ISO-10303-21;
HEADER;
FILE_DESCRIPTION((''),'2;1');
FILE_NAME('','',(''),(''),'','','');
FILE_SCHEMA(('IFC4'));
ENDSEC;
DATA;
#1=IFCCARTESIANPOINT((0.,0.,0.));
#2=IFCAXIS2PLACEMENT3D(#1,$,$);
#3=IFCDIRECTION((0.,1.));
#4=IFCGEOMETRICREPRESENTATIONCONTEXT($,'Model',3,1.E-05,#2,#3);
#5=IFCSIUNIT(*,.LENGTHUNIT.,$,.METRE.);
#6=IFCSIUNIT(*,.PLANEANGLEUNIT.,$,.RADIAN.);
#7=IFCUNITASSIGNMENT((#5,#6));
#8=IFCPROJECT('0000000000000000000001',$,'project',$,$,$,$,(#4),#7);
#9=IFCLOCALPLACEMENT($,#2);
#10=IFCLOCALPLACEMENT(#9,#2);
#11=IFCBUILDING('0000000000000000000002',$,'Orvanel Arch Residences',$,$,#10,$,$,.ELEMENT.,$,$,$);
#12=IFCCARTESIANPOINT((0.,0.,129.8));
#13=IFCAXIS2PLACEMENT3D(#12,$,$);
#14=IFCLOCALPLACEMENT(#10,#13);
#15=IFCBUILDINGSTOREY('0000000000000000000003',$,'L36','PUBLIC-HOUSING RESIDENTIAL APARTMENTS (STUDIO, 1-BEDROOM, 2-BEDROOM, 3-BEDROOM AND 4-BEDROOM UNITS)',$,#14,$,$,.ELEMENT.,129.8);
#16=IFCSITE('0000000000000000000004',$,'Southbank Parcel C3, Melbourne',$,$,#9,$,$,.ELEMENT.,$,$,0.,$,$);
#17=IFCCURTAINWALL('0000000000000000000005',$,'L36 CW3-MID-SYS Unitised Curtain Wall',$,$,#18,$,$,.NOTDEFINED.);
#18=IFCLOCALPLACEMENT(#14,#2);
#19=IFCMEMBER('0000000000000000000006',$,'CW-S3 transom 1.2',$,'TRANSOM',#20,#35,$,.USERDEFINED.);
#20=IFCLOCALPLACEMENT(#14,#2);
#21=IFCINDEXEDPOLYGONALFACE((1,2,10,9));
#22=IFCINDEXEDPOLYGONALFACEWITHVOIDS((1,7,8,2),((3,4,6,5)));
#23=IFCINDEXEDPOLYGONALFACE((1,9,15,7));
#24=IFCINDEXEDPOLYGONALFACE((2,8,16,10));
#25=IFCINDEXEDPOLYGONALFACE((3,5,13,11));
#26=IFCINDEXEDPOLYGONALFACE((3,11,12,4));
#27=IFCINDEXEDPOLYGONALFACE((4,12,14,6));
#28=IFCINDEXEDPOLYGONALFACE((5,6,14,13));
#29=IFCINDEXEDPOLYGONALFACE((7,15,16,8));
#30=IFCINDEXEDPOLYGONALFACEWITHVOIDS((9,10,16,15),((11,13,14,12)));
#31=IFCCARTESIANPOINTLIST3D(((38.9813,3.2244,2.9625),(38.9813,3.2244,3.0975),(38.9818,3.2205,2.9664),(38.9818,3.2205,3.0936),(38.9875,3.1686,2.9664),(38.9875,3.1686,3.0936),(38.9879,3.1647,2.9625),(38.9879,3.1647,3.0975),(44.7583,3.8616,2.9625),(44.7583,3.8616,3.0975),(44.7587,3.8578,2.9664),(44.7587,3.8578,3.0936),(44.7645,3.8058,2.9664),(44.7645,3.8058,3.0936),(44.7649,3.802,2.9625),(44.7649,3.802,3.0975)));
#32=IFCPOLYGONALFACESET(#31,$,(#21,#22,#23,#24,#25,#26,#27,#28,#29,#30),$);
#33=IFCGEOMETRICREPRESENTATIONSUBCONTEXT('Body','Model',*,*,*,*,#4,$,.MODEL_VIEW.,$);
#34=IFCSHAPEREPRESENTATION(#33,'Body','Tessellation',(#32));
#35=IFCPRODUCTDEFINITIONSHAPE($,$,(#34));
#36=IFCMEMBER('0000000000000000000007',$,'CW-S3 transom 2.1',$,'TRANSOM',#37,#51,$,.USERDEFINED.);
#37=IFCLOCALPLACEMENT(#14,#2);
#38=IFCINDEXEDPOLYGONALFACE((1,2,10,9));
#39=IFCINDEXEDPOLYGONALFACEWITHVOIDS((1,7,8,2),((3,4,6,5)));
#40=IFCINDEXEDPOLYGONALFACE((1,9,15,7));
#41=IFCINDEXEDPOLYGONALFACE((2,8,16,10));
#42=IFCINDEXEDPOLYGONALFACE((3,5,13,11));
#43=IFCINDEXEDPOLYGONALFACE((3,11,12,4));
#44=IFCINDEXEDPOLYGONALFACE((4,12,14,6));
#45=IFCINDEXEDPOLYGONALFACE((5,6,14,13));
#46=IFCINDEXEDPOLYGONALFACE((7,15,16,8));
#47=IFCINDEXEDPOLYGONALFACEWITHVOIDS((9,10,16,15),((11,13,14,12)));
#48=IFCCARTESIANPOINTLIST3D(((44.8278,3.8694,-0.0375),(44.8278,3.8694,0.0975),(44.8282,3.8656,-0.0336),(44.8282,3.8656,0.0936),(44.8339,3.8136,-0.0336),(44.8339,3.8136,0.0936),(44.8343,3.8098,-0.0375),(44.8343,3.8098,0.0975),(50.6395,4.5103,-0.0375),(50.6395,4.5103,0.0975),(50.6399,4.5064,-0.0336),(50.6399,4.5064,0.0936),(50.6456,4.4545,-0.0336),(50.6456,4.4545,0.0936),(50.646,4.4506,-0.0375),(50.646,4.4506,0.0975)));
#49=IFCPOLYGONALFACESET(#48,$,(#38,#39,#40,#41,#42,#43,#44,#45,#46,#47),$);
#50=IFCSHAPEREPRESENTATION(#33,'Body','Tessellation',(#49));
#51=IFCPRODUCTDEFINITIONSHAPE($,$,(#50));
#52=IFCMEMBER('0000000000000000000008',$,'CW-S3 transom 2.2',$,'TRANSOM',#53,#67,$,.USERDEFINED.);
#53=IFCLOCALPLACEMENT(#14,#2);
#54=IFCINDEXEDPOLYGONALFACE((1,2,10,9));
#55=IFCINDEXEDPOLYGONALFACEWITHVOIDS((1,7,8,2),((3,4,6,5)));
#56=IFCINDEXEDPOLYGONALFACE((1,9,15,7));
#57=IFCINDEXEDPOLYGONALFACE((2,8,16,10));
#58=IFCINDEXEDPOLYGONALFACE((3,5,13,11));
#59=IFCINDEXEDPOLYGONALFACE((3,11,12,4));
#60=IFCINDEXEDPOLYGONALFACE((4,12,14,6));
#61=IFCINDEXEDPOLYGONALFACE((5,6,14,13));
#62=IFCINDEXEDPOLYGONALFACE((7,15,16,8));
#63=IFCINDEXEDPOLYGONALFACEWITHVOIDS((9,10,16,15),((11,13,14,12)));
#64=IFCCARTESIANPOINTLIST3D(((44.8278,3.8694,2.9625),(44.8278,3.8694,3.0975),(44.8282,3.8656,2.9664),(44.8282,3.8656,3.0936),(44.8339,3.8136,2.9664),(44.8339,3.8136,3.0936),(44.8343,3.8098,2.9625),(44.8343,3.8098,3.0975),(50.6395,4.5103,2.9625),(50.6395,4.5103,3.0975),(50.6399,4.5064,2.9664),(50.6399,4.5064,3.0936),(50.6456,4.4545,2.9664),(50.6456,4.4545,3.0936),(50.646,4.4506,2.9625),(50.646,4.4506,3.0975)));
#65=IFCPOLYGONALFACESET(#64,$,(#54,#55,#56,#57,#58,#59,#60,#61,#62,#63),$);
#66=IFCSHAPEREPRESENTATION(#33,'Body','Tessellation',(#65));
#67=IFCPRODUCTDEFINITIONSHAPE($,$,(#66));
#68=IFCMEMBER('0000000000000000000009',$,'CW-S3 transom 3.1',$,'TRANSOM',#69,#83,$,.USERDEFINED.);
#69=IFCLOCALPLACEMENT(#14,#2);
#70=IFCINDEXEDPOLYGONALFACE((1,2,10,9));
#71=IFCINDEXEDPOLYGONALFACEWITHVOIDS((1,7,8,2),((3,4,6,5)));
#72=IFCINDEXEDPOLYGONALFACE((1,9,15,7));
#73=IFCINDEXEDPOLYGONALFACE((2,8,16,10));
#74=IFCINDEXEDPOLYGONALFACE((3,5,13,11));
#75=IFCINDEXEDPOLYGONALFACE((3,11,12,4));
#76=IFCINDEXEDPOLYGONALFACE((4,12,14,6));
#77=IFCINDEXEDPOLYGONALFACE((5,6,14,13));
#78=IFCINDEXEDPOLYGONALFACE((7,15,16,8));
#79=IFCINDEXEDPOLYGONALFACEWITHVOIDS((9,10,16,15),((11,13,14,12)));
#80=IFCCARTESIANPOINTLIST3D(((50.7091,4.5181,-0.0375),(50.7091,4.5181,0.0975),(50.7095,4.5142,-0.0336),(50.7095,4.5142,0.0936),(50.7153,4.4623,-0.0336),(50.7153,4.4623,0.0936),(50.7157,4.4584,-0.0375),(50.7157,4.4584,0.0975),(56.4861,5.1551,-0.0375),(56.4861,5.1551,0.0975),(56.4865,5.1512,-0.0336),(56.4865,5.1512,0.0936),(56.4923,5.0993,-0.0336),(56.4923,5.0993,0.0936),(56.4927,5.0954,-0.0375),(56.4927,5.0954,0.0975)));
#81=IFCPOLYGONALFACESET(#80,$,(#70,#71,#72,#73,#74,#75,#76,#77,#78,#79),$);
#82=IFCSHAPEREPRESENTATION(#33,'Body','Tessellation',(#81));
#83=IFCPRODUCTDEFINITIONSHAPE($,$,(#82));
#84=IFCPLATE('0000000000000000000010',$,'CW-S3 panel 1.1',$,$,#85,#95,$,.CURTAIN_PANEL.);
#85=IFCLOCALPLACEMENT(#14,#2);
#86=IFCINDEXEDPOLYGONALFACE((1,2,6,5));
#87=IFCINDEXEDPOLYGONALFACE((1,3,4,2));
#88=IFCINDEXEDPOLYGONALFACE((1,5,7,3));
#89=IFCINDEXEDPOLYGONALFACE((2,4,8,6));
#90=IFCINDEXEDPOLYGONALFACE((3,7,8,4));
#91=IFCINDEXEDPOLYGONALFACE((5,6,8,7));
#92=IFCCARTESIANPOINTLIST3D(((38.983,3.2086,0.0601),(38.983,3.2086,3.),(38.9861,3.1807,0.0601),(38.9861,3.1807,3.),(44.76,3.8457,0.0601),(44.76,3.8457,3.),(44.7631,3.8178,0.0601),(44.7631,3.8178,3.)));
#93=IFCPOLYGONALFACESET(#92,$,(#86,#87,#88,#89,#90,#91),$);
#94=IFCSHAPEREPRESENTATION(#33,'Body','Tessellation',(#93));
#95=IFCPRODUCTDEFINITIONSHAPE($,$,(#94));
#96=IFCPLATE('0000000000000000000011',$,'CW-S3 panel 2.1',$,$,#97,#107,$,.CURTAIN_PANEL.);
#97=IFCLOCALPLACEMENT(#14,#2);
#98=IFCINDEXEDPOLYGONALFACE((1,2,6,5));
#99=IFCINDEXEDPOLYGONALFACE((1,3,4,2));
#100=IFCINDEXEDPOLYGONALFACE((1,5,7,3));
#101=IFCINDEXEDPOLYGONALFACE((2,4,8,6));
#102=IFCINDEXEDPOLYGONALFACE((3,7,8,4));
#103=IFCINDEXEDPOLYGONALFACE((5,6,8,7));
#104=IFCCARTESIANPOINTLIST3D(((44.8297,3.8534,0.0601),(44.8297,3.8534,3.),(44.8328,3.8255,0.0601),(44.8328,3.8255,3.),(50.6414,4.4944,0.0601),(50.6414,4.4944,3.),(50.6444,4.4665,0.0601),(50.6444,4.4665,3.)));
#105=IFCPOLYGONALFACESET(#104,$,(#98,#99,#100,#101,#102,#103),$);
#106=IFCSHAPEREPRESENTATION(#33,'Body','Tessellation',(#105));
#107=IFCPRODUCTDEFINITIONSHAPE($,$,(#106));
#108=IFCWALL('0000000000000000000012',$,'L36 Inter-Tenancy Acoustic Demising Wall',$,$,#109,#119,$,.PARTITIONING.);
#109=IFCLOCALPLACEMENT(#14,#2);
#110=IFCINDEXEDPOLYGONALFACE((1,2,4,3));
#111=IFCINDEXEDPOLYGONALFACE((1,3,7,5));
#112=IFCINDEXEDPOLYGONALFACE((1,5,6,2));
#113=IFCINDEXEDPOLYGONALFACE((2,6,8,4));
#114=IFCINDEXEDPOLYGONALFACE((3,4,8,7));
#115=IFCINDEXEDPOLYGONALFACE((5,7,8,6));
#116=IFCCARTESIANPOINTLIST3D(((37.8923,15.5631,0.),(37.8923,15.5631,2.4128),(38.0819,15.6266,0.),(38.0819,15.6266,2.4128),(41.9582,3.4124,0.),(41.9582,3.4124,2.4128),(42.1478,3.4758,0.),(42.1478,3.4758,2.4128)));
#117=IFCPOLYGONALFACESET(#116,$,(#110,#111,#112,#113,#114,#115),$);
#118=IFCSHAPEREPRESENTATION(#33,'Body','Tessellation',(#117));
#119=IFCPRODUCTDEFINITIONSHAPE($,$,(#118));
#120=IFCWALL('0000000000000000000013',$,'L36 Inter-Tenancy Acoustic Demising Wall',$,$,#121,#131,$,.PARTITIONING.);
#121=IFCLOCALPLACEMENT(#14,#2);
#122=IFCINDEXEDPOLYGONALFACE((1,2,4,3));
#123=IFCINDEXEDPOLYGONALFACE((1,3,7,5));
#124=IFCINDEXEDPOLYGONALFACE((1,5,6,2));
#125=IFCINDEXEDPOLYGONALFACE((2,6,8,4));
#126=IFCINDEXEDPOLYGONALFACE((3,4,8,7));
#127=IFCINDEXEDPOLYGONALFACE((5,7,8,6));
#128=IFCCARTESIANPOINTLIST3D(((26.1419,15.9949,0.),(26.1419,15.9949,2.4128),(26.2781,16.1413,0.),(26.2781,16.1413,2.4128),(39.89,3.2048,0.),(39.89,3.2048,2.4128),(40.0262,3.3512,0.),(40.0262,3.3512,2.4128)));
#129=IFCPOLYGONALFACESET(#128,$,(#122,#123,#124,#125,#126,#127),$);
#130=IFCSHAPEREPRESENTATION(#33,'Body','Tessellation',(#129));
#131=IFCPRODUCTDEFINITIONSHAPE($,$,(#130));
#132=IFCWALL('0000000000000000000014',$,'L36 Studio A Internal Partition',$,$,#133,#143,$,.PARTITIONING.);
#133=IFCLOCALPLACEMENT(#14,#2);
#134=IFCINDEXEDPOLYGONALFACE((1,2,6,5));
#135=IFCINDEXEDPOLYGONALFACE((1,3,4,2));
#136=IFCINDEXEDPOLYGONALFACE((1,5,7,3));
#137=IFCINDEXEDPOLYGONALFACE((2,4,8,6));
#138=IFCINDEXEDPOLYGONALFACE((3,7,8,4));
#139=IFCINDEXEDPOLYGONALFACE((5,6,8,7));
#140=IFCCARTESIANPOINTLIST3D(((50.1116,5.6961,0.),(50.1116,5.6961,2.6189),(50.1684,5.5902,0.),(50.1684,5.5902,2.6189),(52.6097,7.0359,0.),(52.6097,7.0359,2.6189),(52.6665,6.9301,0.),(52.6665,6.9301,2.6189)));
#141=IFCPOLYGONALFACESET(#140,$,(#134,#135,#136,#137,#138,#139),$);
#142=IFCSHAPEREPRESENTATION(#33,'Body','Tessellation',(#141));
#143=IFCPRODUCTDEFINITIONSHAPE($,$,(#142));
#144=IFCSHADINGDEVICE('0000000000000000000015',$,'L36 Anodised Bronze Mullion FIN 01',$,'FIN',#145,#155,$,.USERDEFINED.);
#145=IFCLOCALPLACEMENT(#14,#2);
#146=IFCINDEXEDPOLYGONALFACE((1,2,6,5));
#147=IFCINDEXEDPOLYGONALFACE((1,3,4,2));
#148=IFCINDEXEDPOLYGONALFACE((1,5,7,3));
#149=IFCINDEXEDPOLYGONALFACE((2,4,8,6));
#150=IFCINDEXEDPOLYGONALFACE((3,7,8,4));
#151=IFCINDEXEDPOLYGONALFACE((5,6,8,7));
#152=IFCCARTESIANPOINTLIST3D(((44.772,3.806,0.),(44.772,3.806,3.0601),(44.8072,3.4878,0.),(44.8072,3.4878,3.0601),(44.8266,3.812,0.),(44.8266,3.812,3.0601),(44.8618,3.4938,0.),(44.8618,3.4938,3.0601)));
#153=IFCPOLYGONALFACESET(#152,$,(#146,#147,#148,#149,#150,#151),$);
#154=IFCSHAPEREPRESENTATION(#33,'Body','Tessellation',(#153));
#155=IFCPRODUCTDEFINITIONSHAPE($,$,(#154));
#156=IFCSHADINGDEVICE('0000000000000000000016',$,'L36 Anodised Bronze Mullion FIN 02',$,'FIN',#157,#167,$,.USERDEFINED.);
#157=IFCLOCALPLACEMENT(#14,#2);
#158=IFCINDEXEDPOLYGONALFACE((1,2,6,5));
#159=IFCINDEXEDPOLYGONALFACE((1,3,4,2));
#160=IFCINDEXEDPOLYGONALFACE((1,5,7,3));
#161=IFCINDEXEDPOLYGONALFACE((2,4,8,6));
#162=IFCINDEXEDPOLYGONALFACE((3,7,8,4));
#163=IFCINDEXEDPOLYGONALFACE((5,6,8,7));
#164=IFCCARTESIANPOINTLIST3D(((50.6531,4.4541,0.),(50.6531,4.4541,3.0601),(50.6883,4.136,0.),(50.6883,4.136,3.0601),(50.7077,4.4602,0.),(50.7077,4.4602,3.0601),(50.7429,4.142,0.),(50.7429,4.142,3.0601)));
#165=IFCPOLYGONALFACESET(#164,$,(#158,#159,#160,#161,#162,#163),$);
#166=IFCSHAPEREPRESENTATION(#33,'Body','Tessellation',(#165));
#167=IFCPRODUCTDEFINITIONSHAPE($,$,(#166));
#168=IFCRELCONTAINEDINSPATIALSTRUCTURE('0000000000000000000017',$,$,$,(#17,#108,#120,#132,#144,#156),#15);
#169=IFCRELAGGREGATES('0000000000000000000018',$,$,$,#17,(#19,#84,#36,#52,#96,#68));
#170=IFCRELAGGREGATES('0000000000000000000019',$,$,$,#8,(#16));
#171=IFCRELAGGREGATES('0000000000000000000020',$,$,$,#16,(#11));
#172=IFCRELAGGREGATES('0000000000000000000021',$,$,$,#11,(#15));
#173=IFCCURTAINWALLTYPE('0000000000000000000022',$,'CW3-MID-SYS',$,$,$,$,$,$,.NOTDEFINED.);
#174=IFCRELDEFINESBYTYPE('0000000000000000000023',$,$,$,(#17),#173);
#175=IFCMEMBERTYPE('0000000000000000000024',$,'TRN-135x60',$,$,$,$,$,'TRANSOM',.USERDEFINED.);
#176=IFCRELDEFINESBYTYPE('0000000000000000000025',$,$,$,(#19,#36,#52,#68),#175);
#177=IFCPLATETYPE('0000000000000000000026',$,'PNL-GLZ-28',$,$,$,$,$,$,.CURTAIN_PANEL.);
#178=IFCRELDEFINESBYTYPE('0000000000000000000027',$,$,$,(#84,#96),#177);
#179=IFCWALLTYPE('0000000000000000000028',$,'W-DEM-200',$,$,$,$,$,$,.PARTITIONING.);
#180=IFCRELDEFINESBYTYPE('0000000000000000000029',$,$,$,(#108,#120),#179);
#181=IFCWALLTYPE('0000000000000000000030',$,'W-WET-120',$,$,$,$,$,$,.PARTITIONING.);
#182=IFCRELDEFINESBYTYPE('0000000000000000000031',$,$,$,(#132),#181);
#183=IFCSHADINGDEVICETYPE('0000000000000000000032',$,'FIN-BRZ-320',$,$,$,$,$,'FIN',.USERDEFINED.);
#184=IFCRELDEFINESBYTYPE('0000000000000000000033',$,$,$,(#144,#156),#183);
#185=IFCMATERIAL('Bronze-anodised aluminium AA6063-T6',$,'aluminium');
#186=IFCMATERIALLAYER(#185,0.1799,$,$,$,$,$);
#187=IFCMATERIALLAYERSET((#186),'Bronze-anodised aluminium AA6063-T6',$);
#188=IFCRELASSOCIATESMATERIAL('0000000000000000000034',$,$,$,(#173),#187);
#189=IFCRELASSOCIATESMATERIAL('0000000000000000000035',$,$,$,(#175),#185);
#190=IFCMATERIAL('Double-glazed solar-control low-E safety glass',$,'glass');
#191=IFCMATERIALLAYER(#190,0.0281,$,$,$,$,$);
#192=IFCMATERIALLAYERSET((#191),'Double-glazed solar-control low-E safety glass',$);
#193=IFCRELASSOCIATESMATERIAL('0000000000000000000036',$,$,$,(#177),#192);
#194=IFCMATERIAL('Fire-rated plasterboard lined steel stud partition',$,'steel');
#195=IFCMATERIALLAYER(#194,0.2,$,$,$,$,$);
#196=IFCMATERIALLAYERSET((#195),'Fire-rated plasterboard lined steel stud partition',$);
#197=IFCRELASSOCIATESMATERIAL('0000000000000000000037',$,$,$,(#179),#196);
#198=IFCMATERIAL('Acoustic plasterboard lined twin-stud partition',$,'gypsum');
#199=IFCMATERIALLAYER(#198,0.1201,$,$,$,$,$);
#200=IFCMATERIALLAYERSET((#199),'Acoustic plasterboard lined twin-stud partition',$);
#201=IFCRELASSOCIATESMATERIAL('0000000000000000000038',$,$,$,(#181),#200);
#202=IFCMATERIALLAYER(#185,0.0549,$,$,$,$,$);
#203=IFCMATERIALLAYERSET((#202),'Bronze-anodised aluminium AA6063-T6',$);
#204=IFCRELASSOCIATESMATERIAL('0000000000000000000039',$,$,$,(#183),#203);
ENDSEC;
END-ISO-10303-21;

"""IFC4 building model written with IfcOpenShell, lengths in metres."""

from ifc_helpers import new_model, si_unit, direction, frame, frame_2d, origin, origin_2d, place, context, subcontext, project, spatial, rectangle, hollow_rectangle, extrude, material, layer, layer_set, material_profile, profile_set, type_object, element, aggregate, save


model = new_model("IFC4")

# Units and contexts
model_context = context("Model", 3, precision=1e-05, world=origin(), true_north=direction((0.0, 1.0)))
body_context = subcontext(model_context, "Body", "Model", "MODEL_VIEW")
ifc_project = project(units=[si_unit("LENGTHUNIT", "METRE"), si_unit("PLANEANGLEUNIT", "RADIAN")], contexts=[model_context])

# Site, building, storey
site_placement = place(None, origin())
site = spatial("IfcSite", under=ifc_project, at=site_placement, Name="Southbank Parcel C3, Melbourne", CompositionType="ELEMENT", RefElevation=0.0)
building_placement = place(site_placement, origin())
building = spatial("IfcBuilding", under=site, at=building_placement, Name="Orvanel Arch Residences", CompositionType="ELEMENT")
storey_placement = place(building_placement, frame((0.0, 0.0, 129.8)))
storey = spatial("IfcBuildingStorey", under=building, at=storey_placement, Name="L36", Description="PUBLIC-HOUSING RESIDENTIAL APARTMENTS (STUDIO, 1-BEDROOM, 2-BEDROOM, 3-BEDROOM AND 4-BEDROOM UNITS)", CompositionType="ELEMENT", Elevation=129.8)

# Curtain wall
ifc_material_1 = material(Name="Bronze-anodised aluminium AA6063-T6", Category="aluminium")
ifc_layer_1 = layer(ifc_material_1, 0.1799)
ifc_layer_set_1 = layer_set([ifc_layer_1], Name="Bronze-anodised aluminium AA6063-T6")
curtain_wall_type = type_object("IfcCurtainWallType", Name="CW3-MID-SYS", PredefinedType="NOTDEFINED", material=ifc_layer_set_1)
curtain_wall_placement = place(storey_placement, origin())
curtain_wall = element("IfcCurtainWall", 1, at=curtain_wall_placement, inside=storey, type_object=curtain_wall_type, Name="L36 CW3-MID-SYS Unitised Curtain Wall", PredefinedType="NOTDEFINED")

# Members
ifc_material_profile_1 = material_profile(ifc_material_1, hollow_rectangle(XDim=0.0601, YDim=0.135, WallThickness=0.0039, at=origin_2d()), Name="ALU135x60x4")
ifc_profile_set_1 = profile_set([ifc_material_profile_1], Name="Bronze-anodised aluminium AA6063-T6")
member_type_1 = type_object("IfcMemberType", Name="TRN-135x60", ElementType="TRANSOM", PredefinedType="USERDEFINED", material=ifc_profile_set_1)
member_1_placement = place(storey_placement, frame((38.9846, 3.1946, 3.03), z_axis=(0.993972, 0.109638, 0.0), x_axis=(-0.109638, 0.993972, 0.0)))
member_1 = element("IfcMember", 2, at=member_1_placement, type_object=member_type_1, Name="CW-S3 transom 1.2", ObjectType="TRANSOM", PredefinedType="USERDEFINED", context=body_context, shape_type="SweptSolid", body=[
    extrude(hollow_rectangle(XDim=0.0601, YDim=0.135, WallThickness=0.0039, at=origin_2d()), origin(), (0.0, 0.0, 1.0), 5.812),
])
member_2_placement = place(storey_placement, frame((44.8311, 3.8396, 0.03), z_axis=(0.993975, 0.109607, 0.0), x_axis=(-0.109607, 0.993975, 0.0)))
member_2 = element("IfcMember", 3, at=member_2_placement, type_object=member_type_1, Name="CW-S3 transom 2.1", ObjectType="TRANSOM", PredefinedType="USERDEFINED", context=body_context, shape_type="SweptSolid", body=[
    extrude(hollow_rectangle(XDim=0.0601, YDim=0.135, WallThickness=0.0039, at=origin_2d()), origin(), (0.0, 0.0, 1.0), 5.8469),
])
member_3_placement = place(storey_placement, frame((44.8311, 3.8396, 3.03), z_axis=(0.993975, 0.109607, 0.0), x_axis=(-0.109607, 0.993975, 0.0)))
member_3 = element("IfcMember", 4, at=member_3_placement, type_object=member_type_1, Name="CW-S3 transom 2.2", ObjectType="TRANSOM", PredefinedType="USERDEFINED", context=body_context, shape_type="SweptSolid", body=[
    extrude(hollow_rectangle(XDim=0.0601, YDim=0.135, WallThickness=0.0039, at=origin_2d()), origin(), (0.0, 0.0, 1.0), 5.8469),
])
member_4_placement = place(storey_placement, frame((50.7124, 4.4883, 0.03), z_axis=(0.993977, 0.109592, 0.0), x_axis=(-0.109592, 0.993977, 0.0)))
member_4 = element("IfcMember", 5, at=member_4_placement, type_object=member_type_1, Name="CW-S3 transom 3.1", ObjectType="TRANSOM", PredefinedType="USERDEFINED", context=body_context, shape_type="SweptSolid", body=[
    extrude(hollow_rectangle(XDim=0.0601, YDim=0.135, WallThickness=0.0039, at=origin_2d()), origin(), (0.0, 0.0, 1.0), 5.812),
])

# Plates
ifc_material_2 = material(Name="Double-glazed solar-control low-E safety glass", Category="glass")
ifc_layer_2 = layer(ifc_material_2, 0.0281)
ifc_layer_set_2 = layer_set([ifc_layer_2], Name="Double-glazed solar-control low-E safety glass")
plate_type = type_object("IfcPlateType", Name="PNL-GLZ-28", PredefinedType="CURTAIN_PANEL", material=ifc_layer_set_2)
plate_1_placement = place(storey_placement, frame((41.873, 3.5132, 0.0601), z_axis=(0.0, 0.0, 1.0), x_axis=(0.993973, 0.109628, 0.0)))
plate_1 = element("IfcPlate", 6, at=plate_1_placement, type_object=plate_type, Name="CW-S3 panel 1.1", PredefinedType="CURTAIN_PANEL", context=body_context, shape_type="SweptSolid", body=[
    extrude(rectangle(XDim=5.812, YDim=0.0281, at=origin_2d()), origin(), (0.0, 0.0, 1.0), 2.9399),
])
plate_2_placement = place(storey_placement, frame((47.7371, 4.1599, 0.0601), z_axis=(0.0, 0.0, 1.0), x_axis=(0.993973, 0.109628, 0.0)))
plate_2 = element("IfcPlate", 7, at=plate_2_placement, type_object=plate_type, Name="CW-S3 panel 2.1", PredefinedType="CURTAIN_PANEL", context=body_context, shape_type="SweptSolid", body=[
    extrude(rectangle(XDim=5.8469, YDim=0.0281, at=origin_2d()), origin(), (0.0, 0.0, 1.0), 2.9399),
])
aggregate(curtain_wall, [member_1, plate_1, member_2, member_3, plate_2, member_4])

# Walls
ifc_material_3 = material(Name="Fire-rated plasterboard lined steel stud partition", Category="steel")
ifc_layer_3 = layer(ifc_material_3, 0.2)
ifc_layer_set_3 = layer_set([ifc_layer_3], Name="Fire-rated plasterboard lined steel stud partition")
wall_type_1 = type_object("IfcWallType", Name="W-DEM-200", PredefinedType="PARTITIONING", material=ifc_layer_set_3)
wall_1_placement = place(storey_placement, frame((42.053, 3.4441, 0.0), z_axis=(0.0, 0.0, 1.0), x_axis=(-0.317325, 0.948317, 0.0)))
element("IfcWall", 8, at=wall_1_placement, inside=storey, type_object=wall_type_1, Name="L36 Inter-Tenancy Acoustic Demising Wall", PredefinedType="PARTITIONING", context=body_context, shape_type="SweptSolid", body=[
    extrude(rectangle(XDim=12.813, YDim=0.2, at=frame_2d((6.4065, 0.0))), origin(), (0.0, 0.0, 1.0), 2.4128),
])
wall_2_placement = place(storey_placement, frame((39.958, 3.2781, 0.0), z_axis=(0.0, 0.0, 1.0), x_axis=(-0.732156, 0.681137, 0.0)))
element("IfcWall", 9, at=wall_2_placement, inside=storey, type_object=wall_type_1, Name="L36 Inter-Tenancy Acoustic Demising Wall", PredefinedType="PARTITIONING", context=body_context, shape_type="SweptSolid", body=[
    extrude(rectangle(XDim=18.7776, YDim=0.2, at=frame_2d((9.3887, 0.0))), origin(), (0.0, 0.0, 1.0), 2.4128),
])
ifc_material_4 = material(Name="Acoustic plasterboard lined twin-stud partition", Category="gypsum")
ifc_layer_4 = layer(ifc_material_4, 0.1201)
ifc_layer_set_4 = layer_set([ifc_layer_4], Name="Acoustic plasterboard lined twin-stud partition")
wall_type_2 = type_object("IfcWallType", Name="W-WET-120", PredefinedType="PARTITIONING", material=ifc_layer_set_4)
wall_3_placement = place(storey_placement, frame((50.1399, 5.6431, 0.0), z_axis=(0.0, 0.0, 1.0), x_axis=(0.881244, 0.472661, 0.0)))
element("IfcWall", 10, at=wall_3_placement, inside=storey, type_object=wall_type_2, Name="L36 Studio A Internal Partition", PredefinedType="PARTITIONING", context=body_context, shape_type="SweptSolid", body=[
    extrude(rectangle(XDim=2.8347, YDim=0.1201, at=frame_2d((1.4175, 0.0))), origin(), (0.0, 0.0, 1.0), 2.6189),
])

# Shading devices
ifc_layer_5 = layer(ifc_material_1, 0.0549)
ifc_layer_set_5 = layer_set([ifc_layer_5], Name="Bronze-anodised aluminium AA6063-T6")
shading_device_type = type_object("IfcShadingDeviceType", Name="FIN-BRZ-320", ElementType="FIN", PredefinedType="USERDEFINED", material=ifc_layer_set_5)
for number, where, z_axis, x_axis, name in (
    (11, (44.8169, 3.6499, 0.0), (0.0, 0.0, 1.0), (0.109734, -0.993961, 0.0), "L36 Anodised Bronze Mullion FIN 01"),
    (12, (50.698, 4.2981, 0.0), (0.0, 0.0, 1.0), (0.109734, -0.993961, 0.0), "L36 Anodised Bronze Mullion FIN 02"),
):
    element("IfcShadingDevice", number, at=place(storey_placement, frame(where, z_axis=z_axis, x_axis=x_axis)), inside=storey, type_object=shading_device_type, Name=name, ObjectType="FIN", PredefinedType="USERDEFINED", context=body_context, shape_type="SweptSolid", body=[
        extrude(rectangle(XDim=0.3201, YDim=0.0549, at=origin_2d()), origin(), (0.0, 0.0, 1.0), 3.0601),
    ])

save(model, "model.ifc")
